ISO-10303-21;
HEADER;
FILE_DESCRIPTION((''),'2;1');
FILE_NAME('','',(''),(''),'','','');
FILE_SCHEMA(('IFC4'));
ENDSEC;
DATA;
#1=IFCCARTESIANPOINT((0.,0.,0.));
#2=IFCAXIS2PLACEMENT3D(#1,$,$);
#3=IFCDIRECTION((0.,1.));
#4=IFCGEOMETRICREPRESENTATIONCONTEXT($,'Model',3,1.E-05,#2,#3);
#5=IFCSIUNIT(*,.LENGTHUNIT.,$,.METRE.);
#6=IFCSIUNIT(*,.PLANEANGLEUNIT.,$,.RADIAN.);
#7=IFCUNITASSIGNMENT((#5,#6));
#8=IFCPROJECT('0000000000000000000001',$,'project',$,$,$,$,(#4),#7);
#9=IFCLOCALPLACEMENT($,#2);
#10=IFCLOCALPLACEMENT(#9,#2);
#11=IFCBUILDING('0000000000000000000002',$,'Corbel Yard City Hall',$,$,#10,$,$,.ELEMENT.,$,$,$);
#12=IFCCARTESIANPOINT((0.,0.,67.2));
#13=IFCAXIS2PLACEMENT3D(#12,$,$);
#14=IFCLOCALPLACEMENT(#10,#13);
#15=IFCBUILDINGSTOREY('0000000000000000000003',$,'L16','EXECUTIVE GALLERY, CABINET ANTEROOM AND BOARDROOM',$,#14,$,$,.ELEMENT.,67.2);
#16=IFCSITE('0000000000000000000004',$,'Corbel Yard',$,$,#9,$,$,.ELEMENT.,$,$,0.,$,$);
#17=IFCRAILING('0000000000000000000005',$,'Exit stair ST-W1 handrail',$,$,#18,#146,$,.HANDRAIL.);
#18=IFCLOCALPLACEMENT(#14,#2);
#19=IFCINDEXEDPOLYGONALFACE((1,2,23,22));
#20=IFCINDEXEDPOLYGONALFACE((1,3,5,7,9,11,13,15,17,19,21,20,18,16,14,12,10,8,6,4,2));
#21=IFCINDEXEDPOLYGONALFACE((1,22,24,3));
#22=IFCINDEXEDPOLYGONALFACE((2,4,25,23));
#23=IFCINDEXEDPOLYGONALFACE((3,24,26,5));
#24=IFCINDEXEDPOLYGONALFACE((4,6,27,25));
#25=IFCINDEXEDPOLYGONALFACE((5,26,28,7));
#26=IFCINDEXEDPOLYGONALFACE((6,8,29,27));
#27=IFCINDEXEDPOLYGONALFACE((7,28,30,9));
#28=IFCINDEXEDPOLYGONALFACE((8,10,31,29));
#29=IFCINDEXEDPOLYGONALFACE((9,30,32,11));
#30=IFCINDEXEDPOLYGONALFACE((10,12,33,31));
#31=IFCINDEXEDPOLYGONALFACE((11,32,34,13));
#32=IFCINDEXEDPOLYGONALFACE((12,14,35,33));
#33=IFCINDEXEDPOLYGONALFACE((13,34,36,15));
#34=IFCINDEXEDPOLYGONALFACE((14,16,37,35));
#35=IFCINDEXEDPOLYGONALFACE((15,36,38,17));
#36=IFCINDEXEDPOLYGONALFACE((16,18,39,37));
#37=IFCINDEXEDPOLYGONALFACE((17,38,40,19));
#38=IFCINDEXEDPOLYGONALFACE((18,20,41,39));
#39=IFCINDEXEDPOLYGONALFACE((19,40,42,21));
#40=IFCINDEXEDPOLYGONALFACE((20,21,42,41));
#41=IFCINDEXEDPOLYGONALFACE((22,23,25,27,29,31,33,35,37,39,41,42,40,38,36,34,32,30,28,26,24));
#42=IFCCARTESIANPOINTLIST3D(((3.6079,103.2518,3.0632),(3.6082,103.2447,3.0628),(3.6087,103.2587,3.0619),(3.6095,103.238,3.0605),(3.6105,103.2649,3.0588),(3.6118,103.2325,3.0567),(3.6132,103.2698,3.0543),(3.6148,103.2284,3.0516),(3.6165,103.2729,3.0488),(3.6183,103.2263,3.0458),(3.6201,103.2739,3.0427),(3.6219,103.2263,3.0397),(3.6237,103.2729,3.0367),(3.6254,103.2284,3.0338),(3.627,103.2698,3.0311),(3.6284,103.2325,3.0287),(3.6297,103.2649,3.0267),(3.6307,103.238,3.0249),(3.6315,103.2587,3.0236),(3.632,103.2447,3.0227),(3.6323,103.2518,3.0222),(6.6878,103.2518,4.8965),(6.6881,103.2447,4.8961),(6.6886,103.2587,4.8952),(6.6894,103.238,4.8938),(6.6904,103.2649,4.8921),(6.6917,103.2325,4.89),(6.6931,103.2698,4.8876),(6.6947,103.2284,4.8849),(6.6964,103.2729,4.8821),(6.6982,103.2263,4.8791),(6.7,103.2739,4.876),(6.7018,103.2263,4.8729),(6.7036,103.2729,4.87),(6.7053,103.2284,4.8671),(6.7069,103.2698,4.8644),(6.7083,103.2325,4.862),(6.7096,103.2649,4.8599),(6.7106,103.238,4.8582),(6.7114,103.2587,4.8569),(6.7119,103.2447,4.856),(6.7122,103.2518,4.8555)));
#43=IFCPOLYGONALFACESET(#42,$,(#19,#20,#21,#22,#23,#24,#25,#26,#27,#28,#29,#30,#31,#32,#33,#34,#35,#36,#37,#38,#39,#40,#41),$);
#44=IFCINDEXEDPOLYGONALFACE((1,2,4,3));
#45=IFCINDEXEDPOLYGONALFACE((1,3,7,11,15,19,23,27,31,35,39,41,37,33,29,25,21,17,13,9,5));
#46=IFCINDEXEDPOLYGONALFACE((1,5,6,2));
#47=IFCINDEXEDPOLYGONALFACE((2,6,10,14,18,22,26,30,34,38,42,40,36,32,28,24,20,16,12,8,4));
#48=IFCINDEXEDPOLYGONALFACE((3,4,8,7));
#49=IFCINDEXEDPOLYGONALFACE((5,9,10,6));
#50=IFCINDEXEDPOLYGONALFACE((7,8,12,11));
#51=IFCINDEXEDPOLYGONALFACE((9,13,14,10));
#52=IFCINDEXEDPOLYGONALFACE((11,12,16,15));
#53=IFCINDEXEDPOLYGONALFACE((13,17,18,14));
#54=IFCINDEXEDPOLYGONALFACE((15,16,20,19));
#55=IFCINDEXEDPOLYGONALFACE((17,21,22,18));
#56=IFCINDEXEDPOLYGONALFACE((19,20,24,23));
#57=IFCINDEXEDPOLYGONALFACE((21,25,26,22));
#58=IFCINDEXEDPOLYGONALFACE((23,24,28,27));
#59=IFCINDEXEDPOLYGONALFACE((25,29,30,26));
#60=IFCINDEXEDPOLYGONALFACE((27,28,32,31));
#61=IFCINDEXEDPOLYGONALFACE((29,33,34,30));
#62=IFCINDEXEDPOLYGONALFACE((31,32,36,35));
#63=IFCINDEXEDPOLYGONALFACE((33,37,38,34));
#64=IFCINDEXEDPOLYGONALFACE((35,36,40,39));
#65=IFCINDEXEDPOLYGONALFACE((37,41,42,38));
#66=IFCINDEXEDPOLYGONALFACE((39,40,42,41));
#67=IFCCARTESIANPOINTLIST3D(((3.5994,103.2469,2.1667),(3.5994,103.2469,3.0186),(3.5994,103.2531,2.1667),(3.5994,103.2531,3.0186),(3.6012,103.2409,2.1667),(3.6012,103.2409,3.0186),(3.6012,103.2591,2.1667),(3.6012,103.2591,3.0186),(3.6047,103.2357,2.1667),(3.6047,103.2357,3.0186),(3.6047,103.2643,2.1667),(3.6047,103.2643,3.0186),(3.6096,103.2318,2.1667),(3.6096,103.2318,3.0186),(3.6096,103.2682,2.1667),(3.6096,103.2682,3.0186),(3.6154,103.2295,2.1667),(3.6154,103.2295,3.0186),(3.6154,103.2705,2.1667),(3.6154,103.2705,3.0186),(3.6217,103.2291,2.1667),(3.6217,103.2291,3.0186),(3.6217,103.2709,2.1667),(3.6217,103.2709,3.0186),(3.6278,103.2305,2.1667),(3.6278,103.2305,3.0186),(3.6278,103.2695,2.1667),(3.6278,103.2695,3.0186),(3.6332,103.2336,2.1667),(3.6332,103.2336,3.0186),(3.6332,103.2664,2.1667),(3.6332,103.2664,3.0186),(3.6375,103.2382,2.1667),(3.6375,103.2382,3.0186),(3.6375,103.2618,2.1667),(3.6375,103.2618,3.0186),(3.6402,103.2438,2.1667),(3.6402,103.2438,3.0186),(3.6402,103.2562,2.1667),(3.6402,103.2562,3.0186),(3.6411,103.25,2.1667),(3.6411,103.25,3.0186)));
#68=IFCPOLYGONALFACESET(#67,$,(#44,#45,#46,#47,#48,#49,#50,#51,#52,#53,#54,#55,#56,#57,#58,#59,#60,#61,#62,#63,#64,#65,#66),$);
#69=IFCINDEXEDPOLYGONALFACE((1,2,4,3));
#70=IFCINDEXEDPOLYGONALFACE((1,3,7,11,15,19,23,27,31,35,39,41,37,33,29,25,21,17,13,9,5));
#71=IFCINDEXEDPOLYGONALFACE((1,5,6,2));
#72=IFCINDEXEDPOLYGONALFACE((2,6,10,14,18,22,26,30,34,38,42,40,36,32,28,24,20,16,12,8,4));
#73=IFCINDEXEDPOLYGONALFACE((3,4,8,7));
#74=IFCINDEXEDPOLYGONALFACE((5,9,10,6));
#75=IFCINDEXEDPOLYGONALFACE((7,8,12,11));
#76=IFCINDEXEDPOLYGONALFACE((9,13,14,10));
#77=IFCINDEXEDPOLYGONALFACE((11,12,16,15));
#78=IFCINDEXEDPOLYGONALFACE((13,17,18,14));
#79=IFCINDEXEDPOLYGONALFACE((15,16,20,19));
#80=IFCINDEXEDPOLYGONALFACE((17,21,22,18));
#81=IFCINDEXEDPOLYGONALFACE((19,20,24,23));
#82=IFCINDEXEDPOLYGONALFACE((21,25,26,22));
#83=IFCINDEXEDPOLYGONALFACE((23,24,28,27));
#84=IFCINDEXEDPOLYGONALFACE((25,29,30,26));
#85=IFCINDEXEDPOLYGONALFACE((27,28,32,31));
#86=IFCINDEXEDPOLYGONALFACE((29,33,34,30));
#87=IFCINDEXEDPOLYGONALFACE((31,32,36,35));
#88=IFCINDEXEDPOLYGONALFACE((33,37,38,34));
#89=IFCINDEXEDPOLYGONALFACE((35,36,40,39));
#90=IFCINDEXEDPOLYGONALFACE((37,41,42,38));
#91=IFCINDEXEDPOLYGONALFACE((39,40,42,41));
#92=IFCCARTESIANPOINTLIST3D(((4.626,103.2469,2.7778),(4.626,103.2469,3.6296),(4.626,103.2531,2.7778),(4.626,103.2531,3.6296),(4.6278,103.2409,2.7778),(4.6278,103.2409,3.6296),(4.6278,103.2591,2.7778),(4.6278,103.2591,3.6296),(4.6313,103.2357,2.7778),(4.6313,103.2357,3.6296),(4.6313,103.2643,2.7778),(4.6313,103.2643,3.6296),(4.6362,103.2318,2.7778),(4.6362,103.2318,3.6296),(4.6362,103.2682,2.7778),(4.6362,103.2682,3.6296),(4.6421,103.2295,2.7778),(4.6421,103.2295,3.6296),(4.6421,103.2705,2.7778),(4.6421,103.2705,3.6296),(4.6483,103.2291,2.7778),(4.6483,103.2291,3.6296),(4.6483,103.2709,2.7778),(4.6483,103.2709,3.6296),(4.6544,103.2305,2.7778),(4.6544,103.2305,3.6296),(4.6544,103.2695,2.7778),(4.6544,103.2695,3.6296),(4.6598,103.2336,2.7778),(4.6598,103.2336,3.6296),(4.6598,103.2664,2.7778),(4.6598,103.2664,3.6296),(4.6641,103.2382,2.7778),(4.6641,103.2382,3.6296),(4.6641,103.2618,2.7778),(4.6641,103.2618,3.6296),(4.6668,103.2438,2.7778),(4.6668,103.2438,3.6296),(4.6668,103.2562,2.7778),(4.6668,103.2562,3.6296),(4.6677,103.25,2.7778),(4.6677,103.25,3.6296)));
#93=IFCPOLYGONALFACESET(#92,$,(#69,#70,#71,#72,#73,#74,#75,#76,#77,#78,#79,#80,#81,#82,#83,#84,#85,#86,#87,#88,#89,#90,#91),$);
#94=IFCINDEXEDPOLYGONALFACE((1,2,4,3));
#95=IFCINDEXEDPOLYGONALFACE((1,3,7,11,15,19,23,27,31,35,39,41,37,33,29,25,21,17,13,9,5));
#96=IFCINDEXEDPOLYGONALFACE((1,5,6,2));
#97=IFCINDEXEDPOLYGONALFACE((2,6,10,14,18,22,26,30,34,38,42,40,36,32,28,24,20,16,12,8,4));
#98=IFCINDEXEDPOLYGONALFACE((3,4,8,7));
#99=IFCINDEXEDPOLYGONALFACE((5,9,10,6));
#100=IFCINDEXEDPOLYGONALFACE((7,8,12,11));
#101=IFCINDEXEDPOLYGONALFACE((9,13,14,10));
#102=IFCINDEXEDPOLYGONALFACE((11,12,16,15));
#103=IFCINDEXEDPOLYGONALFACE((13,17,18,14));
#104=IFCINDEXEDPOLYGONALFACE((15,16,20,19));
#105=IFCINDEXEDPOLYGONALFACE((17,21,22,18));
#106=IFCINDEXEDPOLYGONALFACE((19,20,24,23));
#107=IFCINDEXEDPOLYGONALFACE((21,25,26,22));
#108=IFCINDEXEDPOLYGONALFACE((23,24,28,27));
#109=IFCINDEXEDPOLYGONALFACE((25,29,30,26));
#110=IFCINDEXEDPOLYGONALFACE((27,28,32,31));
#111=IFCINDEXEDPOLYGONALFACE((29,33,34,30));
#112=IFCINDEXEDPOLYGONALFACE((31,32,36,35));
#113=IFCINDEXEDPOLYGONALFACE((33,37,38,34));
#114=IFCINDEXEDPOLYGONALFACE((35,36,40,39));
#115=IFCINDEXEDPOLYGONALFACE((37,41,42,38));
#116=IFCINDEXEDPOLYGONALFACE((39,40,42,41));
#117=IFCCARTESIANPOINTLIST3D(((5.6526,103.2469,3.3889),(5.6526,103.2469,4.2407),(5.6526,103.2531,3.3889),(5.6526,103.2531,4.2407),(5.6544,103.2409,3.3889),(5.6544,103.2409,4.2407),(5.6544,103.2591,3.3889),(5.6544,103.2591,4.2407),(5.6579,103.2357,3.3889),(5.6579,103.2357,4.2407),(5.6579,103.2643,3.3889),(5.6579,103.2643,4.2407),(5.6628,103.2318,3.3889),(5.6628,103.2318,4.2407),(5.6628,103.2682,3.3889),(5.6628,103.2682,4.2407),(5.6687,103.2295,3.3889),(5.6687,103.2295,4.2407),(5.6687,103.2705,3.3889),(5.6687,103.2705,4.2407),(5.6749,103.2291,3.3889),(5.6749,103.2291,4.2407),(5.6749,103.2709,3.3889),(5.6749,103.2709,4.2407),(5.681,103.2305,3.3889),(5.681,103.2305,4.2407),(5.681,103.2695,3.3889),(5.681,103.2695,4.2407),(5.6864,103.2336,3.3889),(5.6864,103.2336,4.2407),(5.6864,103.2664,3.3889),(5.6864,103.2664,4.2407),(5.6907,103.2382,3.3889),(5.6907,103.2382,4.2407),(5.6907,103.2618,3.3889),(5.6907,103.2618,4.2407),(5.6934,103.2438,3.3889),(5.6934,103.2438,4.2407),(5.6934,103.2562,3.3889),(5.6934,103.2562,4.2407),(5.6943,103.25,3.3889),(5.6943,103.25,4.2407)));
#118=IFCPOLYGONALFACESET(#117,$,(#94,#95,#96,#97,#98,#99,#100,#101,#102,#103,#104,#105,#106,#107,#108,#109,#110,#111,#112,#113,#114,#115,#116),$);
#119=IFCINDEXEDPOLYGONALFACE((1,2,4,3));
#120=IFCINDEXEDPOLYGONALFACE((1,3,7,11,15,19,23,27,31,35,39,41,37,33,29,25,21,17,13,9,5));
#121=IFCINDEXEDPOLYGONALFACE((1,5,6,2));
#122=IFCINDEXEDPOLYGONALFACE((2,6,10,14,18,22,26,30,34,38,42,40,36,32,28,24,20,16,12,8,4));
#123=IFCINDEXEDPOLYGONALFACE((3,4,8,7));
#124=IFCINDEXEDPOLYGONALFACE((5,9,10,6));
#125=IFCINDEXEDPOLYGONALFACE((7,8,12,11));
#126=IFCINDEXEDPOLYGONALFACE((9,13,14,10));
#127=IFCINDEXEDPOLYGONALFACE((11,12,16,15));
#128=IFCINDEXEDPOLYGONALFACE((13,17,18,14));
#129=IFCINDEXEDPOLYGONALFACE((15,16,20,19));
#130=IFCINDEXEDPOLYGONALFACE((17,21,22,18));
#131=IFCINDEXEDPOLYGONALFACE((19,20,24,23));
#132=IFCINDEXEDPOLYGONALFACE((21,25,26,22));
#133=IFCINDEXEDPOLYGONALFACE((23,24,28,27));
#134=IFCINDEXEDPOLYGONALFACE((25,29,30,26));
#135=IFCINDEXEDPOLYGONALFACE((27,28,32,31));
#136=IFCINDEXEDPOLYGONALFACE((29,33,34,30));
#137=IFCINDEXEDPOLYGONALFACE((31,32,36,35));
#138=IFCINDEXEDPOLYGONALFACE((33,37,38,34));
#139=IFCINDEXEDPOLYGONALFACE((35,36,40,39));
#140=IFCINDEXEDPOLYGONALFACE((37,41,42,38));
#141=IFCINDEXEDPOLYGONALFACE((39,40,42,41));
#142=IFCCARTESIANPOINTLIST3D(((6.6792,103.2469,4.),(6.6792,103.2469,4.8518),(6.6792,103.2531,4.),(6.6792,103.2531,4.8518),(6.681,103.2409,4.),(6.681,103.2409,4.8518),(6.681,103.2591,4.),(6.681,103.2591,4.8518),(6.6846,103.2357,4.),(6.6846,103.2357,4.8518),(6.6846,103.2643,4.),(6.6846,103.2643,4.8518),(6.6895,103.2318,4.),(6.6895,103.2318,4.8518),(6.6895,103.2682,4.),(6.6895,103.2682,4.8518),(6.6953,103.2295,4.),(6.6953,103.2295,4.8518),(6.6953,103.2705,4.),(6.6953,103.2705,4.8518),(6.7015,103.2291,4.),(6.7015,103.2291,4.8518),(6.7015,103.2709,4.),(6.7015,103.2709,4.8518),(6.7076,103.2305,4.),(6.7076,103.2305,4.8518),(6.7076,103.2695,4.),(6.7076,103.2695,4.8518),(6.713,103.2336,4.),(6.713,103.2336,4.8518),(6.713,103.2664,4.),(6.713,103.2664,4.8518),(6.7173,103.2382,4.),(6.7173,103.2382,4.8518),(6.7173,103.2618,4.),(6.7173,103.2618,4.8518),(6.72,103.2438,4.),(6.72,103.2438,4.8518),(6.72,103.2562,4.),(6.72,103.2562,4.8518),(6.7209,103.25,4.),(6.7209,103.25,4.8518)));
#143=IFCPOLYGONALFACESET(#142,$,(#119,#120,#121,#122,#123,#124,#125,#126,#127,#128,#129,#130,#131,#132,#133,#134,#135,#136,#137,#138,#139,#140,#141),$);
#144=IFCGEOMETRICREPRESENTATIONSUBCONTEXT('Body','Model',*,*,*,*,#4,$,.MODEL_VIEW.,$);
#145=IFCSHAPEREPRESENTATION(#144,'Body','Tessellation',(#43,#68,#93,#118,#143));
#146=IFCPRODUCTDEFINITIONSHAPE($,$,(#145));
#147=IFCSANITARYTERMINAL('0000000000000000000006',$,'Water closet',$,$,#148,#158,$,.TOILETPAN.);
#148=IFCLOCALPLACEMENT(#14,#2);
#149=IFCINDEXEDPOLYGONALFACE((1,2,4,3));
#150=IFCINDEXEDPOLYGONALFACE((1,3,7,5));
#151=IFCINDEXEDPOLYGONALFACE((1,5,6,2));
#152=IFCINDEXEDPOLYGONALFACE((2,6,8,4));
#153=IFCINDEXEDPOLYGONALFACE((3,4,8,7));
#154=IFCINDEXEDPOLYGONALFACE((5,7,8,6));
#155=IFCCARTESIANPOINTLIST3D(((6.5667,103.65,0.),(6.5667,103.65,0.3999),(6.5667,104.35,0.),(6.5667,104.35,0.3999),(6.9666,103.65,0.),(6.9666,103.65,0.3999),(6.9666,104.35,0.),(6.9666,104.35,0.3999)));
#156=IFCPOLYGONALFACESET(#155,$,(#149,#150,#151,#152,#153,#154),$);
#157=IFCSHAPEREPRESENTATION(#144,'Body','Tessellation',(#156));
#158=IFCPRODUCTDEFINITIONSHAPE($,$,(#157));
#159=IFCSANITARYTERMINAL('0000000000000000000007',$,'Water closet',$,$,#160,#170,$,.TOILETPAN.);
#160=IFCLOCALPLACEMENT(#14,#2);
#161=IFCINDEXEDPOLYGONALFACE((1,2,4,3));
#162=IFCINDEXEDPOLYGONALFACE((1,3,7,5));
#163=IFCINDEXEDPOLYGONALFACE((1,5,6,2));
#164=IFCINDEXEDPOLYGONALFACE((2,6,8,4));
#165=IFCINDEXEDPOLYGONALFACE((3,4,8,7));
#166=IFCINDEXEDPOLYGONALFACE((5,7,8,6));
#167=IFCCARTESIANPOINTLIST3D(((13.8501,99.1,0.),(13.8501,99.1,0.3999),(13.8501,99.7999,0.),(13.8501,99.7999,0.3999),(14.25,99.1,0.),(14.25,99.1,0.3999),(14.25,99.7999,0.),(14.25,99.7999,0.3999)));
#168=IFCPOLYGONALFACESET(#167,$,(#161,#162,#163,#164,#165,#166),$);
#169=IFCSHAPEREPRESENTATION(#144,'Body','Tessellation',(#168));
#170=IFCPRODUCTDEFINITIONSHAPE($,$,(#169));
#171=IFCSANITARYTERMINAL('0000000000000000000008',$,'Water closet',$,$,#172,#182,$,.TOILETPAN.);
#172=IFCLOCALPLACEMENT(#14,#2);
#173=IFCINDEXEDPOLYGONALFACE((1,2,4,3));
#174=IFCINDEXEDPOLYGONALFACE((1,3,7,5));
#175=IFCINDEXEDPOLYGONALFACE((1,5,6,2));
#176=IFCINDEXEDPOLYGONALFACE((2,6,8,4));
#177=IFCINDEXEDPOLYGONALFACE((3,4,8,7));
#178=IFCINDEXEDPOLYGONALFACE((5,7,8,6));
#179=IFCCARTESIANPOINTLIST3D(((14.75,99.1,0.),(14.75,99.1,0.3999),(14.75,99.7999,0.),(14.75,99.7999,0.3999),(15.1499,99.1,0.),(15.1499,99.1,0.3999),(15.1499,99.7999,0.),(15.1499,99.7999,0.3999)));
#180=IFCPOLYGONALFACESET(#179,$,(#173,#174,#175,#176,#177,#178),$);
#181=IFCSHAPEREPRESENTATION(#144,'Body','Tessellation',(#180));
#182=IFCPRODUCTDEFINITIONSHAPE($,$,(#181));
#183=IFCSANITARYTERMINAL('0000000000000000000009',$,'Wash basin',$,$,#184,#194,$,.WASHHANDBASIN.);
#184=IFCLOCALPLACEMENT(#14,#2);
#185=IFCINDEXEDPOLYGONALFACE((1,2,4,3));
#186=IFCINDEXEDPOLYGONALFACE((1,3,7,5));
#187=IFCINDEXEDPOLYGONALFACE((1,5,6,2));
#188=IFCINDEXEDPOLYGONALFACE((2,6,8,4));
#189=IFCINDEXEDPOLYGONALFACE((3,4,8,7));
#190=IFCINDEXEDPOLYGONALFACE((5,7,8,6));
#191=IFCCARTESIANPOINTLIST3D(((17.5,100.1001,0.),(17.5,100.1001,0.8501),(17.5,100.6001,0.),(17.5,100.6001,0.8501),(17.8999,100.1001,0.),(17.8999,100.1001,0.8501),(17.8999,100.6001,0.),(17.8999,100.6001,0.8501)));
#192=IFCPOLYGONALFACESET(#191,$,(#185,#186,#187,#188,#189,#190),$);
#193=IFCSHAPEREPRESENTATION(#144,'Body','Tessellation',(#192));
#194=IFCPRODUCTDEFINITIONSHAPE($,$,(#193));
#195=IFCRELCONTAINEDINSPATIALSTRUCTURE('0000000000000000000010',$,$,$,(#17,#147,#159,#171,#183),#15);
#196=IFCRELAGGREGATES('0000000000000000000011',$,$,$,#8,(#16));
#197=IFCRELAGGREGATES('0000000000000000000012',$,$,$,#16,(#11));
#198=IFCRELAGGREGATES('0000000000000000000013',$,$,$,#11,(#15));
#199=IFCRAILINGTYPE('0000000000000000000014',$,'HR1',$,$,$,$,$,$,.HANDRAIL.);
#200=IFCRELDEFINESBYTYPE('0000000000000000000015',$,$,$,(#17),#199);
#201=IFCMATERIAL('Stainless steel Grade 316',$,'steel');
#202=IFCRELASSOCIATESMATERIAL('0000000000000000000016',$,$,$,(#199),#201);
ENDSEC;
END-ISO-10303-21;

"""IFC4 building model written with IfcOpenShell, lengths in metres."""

from ifc_helpers import new_model, si_unit, direction, frame, origin, origin_2d, place, context, subcontext, project, spatial, rectangle, circle, extrude, material, type_object, element, save


model = new_model("IFC4")

# Units and contexts
model_context = context("Model", 3, precision=1e-05, world=origin(), true_north=direction((0.0, 1.0)))
body_context = subcontext(model_context, "Body", "Model", "MODEL_VIEW")
ifc_project = project(units=[si_unit("LENGTHUNIT", "METRE"), si_unit("PLANEANGLEUNIT", "RADIAN")], contexts=[model_context])

# Site, building, storey
site_placement = place(None, origin())
site = spatial("IfcSite", under=ifc_project, at=site_placement, Name="Corbel Yard", CompositionType="ELEMENT", RefElevation=0.0)
building_placement = place(site_placement, origin())
building = spatial("IfcBuilding", under=site, at=building_placement, Name="Corbel Yard City Hall", CompositionType="ELEMENT")
storey_placement = place(building_placement, frame((0.0, 0.0, 67.2)))
storey = spatial("IfcBuildingStorey", under=building, at=storey_placement, Name="L16", Description="EXECUTIVE GALLERY, CABINET ANTEROOM AND BOARDROOM", CompositionType="ELEMENT", Elevation=67.2)

# Railing
ifc_material_1 = material(Name="Stainless steel Grade 316", Category="steel")
railing_type = type_object("IfcRailingType", Name="HR1", PredefinedType="HANDRAIL", material=ifc_material_1)
for number, where, name in (
    (1, (3.6201, 103.25, 2.1667), "Exit stair ST-W1 handrail"),
):
    element("IfcRailing", number, at=place(storey_placement, frame(where)), inside=storey, type_object=railing_type, Name=name, PredefinedType="HANDRAIL", context=body_context, shape_type="SweptSolid", body=[
        extrude(circle(Radius=0.0239, at=origin_2d()), frame((0.0, 0.0, 0.876), z_axis=(0.859291, 0.0, 0.511487), x_axis=(0.0, 1.0, 0.0)), (0.0, 0.0, 1.0), 3.5842),
        extrude(circle(Radius=0.021, at=origin_2d()), origin(), (0.0, 0.0, 1.0), 0.8518),
        extrude(circle(Radius=0.021, at=origin_2d()), frame((1.0266, 0.0, 0.6111)), (0.0, 0.0, 1.0), 0.8518),
        extrude(circle(Radius=0.021, at=origin_2d()), frame((2.0532, 0.0, 1.2222)), (0.0, 0.0, 1.0), 0.8518),
        extrude(circle(Radius=0.021, at=origin_2d()), frame((3.0798, 0.0, 1.8333)), (0.0, 0.0, 1.0), 0.8518),
    ])

# Sanitary terminals
for number, where, z_axis, x_axis, name in (
    (2, (6.7666, 104.0, 0.0), (0.0, 0.0, 1.0), (1.0, 0.0, 0.0), "Water closet"),
    (3, (14.05, 99.45, 0.0), (0.0, 0.0, 1.0), (1.0, 0.0, 0.0), "Water closet"),
    (4, (14.95, 99.45, 0.0), (0.0, 0.0, 1.0), (1.0, 0.0, 0.0), "Water closet"),
):
    element("IfcSanitaryTerminal", number, at=place(storey_placement, frame(where, z_axis=z_axis, x_axis=x_axis)), inside=storey, Name=name, PredefinedType="TOILETPAN", context=body_context, shape_type="SweptSolid", body=[
        extrude(rectangle(XDim=0.3999, YDim=0.7, at=origin_2d()), origin(), (0.0, 0.0, 1.0), 0.3999),
    ])
sanitary_terminal_placement = place(storey_placement, frame((17.7, 100.3501, 0.0), z_axis=(0.0, 0.0, 1.0), x_axis=(1.0, 0.0, 0.0)))
element("IfcSanitaryTerminal", 5, at=sanitary_terminal_placement, inside=storey, Name="Wash basin", PredefinedType="WASHHANDBASIN", context=body_context, shape_type="SweptSolid", body=[
    extrude(rectangle(XDim=0.3999, YDim=0.5, at=origin_2d()), origin(), (0.0, 0.0, 1.0), 0.8501),
])

save(model, "model.ifc")
